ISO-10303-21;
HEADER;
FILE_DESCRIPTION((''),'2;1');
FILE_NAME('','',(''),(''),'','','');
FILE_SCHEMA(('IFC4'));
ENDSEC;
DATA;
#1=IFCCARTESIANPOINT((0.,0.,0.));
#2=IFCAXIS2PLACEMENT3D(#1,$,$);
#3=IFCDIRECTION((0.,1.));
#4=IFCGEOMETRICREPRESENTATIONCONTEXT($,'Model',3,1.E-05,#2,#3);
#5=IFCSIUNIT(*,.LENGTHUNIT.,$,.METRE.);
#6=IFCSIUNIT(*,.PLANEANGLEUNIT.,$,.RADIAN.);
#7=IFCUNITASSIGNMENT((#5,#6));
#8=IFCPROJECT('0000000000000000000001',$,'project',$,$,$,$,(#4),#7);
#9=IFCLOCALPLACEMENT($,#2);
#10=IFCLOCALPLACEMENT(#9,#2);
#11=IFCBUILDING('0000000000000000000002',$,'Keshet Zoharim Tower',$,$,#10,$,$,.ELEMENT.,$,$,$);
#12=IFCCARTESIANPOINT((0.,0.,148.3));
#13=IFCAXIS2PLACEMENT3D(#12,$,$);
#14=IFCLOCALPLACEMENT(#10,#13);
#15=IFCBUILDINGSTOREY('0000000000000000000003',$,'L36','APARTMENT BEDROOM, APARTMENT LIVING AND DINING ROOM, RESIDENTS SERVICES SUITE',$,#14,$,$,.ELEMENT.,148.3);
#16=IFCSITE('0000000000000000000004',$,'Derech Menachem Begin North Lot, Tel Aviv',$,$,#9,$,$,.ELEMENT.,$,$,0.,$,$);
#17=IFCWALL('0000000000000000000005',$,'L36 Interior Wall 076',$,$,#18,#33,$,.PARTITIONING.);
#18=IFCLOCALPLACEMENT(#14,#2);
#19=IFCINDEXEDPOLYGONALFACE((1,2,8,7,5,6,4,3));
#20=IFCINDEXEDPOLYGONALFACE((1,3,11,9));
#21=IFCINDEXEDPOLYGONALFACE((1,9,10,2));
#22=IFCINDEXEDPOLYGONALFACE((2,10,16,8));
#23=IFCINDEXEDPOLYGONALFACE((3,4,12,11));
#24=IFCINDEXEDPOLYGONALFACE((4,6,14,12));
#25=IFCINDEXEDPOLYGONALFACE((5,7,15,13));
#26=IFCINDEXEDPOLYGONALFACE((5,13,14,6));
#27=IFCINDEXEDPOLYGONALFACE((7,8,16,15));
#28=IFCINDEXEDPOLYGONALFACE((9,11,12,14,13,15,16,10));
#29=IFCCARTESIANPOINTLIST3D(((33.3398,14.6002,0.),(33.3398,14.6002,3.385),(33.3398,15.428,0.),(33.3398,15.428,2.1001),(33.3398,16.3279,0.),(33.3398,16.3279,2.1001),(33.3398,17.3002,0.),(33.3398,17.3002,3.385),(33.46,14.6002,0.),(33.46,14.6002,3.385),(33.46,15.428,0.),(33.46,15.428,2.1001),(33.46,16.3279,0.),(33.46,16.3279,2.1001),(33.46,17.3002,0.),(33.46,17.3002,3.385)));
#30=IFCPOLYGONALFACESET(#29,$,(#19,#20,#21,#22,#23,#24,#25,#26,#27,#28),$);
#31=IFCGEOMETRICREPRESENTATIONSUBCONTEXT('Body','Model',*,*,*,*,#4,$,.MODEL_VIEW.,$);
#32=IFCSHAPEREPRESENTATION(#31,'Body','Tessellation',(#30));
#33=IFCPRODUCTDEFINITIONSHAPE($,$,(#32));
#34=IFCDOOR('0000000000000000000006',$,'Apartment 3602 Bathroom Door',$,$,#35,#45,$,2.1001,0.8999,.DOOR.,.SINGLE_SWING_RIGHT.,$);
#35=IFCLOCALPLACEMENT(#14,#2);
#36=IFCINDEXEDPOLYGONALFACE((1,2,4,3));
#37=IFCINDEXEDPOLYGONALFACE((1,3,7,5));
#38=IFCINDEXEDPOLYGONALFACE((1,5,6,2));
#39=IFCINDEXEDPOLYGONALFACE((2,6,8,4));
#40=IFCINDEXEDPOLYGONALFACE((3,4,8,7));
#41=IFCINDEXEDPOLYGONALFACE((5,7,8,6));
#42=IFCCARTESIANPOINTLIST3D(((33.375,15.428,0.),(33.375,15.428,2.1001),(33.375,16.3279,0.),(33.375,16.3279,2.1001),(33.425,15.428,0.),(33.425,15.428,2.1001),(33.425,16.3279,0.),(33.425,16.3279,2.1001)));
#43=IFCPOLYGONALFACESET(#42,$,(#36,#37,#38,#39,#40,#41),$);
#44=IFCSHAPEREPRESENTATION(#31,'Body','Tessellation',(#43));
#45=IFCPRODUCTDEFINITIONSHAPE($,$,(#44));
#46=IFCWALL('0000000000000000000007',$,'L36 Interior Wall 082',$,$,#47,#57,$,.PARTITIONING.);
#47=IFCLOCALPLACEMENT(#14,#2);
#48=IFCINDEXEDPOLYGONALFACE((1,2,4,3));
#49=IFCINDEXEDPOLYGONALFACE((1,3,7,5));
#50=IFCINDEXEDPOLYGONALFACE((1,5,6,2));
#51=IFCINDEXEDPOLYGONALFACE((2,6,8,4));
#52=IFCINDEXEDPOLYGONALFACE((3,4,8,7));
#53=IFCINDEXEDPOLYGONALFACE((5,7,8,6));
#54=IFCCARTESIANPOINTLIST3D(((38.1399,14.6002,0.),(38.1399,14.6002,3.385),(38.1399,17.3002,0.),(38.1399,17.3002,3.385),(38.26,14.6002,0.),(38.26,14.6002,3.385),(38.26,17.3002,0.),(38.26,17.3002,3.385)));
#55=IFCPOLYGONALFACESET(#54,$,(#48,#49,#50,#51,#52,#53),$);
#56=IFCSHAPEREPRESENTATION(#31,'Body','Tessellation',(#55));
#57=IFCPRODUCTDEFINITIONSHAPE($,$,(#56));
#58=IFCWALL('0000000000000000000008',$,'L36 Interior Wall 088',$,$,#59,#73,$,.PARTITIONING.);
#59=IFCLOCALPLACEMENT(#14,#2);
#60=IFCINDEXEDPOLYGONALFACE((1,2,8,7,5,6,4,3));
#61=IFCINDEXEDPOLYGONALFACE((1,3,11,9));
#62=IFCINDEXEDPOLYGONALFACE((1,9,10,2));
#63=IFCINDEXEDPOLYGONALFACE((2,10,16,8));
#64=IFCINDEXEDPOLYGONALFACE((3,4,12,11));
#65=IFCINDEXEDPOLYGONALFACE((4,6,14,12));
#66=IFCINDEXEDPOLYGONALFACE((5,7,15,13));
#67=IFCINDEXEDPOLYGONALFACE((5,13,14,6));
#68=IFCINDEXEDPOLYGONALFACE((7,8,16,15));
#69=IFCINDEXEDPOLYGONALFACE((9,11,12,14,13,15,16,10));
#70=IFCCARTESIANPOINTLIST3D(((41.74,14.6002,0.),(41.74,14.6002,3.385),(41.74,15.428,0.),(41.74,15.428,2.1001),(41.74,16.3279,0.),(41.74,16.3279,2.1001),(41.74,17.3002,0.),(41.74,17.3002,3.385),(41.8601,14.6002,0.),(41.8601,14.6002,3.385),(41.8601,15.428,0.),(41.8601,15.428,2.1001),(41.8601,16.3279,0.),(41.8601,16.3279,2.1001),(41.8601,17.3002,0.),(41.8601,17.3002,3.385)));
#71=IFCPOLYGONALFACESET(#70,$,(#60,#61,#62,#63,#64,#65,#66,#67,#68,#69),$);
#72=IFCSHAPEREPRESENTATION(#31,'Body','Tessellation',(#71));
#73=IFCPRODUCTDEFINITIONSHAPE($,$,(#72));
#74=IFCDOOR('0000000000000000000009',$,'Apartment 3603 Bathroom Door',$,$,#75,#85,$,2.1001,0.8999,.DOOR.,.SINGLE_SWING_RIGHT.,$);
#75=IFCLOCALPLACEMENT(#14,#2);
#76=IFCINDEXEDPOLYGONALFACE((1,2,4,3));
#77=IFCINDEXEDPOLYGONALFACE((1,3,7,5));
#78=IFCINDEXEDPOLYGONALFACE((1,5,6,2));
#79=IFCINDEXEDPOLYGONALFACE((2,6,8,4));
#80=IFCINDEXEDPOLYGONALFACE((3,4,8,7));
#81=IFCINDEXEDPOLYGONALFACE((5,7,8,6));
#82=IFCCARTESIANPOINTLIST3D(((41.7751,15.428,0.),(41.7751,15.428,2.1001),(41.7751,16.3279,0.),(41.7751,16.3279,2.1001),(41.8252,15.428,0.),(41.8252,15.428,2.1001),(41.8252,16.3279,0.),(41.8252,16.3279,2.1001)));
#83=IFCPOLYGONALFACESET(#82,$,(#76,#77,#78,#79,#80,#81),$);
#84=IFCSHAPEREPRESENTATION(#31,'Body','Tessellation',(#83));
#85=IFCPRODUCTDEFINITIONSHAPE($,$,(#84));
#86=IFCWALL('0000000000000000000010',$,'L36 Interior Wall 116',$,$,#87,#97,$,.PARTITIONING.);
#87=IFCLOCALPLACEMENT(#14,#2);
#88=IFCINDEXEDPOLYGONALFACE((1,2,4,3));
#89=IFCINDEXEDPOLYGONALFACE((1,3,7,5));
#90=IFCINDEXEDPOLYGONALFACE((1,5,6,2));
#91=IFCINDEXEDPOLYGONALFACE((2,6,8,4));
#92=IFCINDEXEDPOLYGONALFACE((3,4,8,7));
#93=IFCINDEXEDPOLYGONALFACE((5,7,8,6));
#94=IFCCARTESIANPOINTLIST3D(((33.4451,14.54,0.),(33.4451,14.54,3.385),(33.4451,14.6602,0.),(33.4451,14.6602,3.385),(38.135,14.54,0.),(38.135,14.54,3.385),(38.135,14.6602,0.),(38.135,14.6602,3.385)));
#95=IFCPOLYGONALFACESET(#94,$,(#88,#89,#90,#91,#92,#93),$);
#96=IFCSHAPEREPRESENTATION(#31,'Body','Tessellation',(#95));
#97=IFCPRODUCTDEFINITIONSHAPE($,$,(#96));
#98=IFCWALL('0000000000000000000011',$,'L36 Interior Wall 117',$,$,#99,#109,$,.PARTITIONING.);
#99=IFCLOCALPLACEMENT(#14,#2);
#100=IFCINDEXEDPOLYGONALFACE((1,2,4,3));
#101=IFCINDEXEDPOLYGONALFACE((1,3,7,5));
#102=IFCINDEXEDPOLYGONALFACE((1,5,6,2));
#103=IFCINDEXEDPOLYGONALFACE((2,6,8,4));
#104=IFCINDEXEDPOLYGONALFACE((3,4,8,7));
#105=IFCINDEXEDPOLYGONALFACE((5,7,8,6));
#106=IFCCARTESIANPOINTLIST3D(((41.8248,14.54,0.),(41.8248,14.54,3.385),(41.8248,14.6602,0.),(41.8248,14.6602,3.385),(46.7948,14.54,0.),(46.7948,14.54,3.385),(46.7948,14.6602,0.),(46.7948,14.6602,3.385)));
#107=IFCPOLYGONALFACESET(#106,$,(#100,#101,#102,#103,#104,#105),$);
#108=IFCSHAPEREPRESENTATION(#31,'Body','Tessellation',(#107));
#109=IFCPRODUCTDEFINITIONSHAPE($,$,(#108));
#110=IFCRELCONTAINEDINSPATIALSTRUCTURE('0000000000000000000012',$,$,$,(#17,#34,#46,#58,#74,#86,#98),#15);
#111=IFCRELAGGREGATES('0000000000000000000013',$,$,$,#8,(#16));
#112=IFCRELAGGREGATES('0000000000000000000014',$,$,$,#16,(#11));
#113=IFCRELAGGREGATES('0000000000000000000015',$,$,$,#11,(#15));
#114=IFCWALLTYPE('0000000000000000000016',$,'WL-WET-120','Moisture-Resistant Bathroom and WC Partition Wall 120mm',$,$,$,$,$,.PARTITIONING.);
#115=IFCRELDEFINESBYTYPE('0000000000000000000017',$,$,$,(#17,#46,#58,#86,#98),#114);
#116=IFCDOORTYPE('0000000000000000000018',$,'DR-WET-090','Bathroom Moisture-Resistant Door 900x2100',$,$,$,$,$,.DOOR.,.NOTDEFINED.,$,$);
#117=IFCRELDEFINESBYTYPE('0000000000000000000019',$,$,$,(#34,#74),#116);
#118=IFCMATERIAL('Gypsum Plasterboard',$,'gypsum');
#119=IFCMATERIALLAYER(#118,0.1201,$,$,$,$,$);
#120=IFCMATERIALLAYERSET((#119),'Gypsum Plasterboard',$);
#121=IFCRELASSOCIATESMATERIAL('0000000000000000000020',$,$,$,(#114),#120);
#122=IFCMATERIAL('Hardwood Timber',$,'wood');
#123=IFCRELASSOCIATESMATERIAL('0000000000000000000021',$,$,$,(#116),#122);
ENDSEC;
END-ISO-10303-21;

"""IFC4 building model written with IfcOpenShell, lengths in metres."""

from ifc_helpers import new_model, si_unit, direction, frame, frame_2d, origin, place, context, subcontext, project, spatial, rectangle, extrude, material, layer, layer_set, type_object, element, fill, save


model = new_model("IFC4")

# Units and contexts
model_context = context("Model", 3, precision=1e-05, world=origin(), true_north=direction((0.0, 1.0)))
body_context = subcontext(model_context, "Body", "Model", "MODEL_VIEW")
ifc_project = project(units=[si_unit("LENGTHUNIT", "METRE"), si_unit("PLANEANGLEUNIT", "RADIAN")], contexts=[model_context])

# Site, building, storey
site_placement = place(None, origin())
site = spatial("IfcSite", under=ifc_project, at=site_placement, Name="Derech Menachem Begin North Lot, Tel Aviv", CompositionType="ELEMENT", RefElevation=0.0)
building_placement = place(site_placement, origin())
building = spatial("IfcBuilding", under=site, at=building_placement, Name="Keshet Zoharim Tower", CompositionType="ELEMENT")
storey_placement = place(building_placement, frame((0.0, 0.0, 148.3)))
storey = spatial("IfcBuildingStorey", under=building, at=storey_placement, Name="L36", Description="APARTMENT BEDROOM, APARTMENT LIVING AND DINING ROOM, RESIDENTS SERVICES SUITE", CompositionType="ELEMENT", Elevation=148.3)

# Shared definitions
ifc_material_1 = material(Name="Gypsum Plasterboard", Category="gypsum")
ifc_material_2 = material(Name="Hardwood Timber", Category="wood")

# Wall, opening, door
ifc_layer_1 = layer(ifc_material_1, 0.1201)
ifc_layer_set_1 = layer_set([ifc_layer_1], Name="Gypsum Plasterboard")
wall_type_1 = type_object("IfcWallType", Name="WL-WET-120", Description="Moisture-Resistant Bathroom and WC Partition Wall 120mm", PredefinedType="PARTITIONING", material=ifc_layer_set_1)
wall_1_placement = place(storey_placement, frame((33.3999, 14.6001, 0.0), z_axis=(0.0, 0.0, 1.0), x_axis=(0.0, 1.0, 0.0)))
wall_1 = element("IfcWall", 1, at=wall_1_placement, inside=storey, type_object=wall_type_1, Name="L36 Interior Wall 076", PredefinedType="PARTITIONING", context=body_context, shape_type="SweptSolid", body=[
    extrude(rectangle(XDim=2.7, YDim=0.1201, at=frame_2d((1.3501, 0.0))), origin(), (0.0, 0.0, 1.0), 3.385),
])
opening_1_placement = place(wall_1_placement, frame((0.8279, 0.0, 0.0)))
opening_1 = element("IfcOpeningElement", 2, at=opening_1_placement, cuts=wall_1, PredefinedType="OPENING", context=body_context, shape_type="SweptSolid", body=[
    extrude(rectangle(XDim=0.8999, YDim=2.1001, at=frame_2d((0.45, 1.05))), frame((0.0, 0.0701, 0.0), z_axis=(0.0, -1.0, 0.0), x_axis=(1.0, 0.0, 0.0)), (0.0, 0.0, 1.0), 0.1401),
])
door_type_1 = type_object("IfcDoorType", Name="DR-WET-090", Description="Bathroom Moisture-Resistant Door 900x2100", OperationType="NOTDEFINED", PredefinedType="DOOR", material=ifc_material_2)
door_1_placement = place(opening_1_placement, origin())
door_1 = element("IfcDoor", 3, at=door_1_placement, inside=storey, type_object=door_type_1, Name="Apartment 3602 Bathroom Door", OperationType="SINGLE_SWING_RIGHT", OverallHeight=2.1001, OverallWidth=0.8999, PredefinedType="DOOR", context=body_context, shape_type="SweptSolid", body=[
    extrude(rectangle(XDim=0.8999, YDim=2.1001, at=frame_2d((0.45, 1.05))), frame((0.0, 0.0249, 0.0), z_axis=(0.0, -1.0, 0.0), x_axis=(1.0, 0.0, 0.0)), (0.0, 0.0, 1.0), 0.05),
])
fill(opening_1, door_1)

# Wall
wall_2_placement = place(storey_placement, frame((38.2, 14.6001, 0.0), z_axis=(0.0, 0.0, 1.0), x_axis=(0.0, 1.0, 0.0)))
element("IfcWall", 4, at=wall_2_placement, inside=storey, type_object=wall_type_1, Name="L36 Interior Wall 082", PredefinedType="PARTITIONING", context=body_context, shape_type="SweptSolid", body=[
    extrude(rectangle(XDim=2.7, YDim=0.1201, at=frame_2d((1.3501, 0.0))), origin(), (0.0, 0.0, 1.0), 3.385),
])

# Wall, opening, door
wall_3_placement = place(storey_placement, frame((41.8, 14.6001, 0.0), z_axis=(0.0, 0.0, 1.0), x_axis=(0.0, 1.0, 0.0)))
wall_3 = element("IfcWall", 5, at=wall_3_placement, inside=storey, type_object=wall_type_1, Name="L36 Interior Wall 088", PredefinedType="PARTITIONING", context=body_context, shape_type="SweptSolid", body=[
    extrude(rectangle(XDim=2.7, YDim=0.1201, at=frame_2d((1.3501, 0.0))), origin(), (0.0, 0.0, 1.0), 3.385),
])
opening_2_placement = place(wall_3_placement, frame((0.8279, 0.0, 0.0)))
opening_2 = element("IfcOpeningElement", 6, at=opening_2_placement, cuts=wall_3, PredefinedType="OPENING", context=body_context, shape_type="SweptSolid", body=[
    extrude(rectangle(XDim=0.8999, YDim=2.1001, at=frame_2d((0.45, 1.05))), frame((0.0, 0.0701, 0.0), z_axis=(0.0, -1.0, 0.0), x_axis=(1.0, 0.0, 0.0)), (0.0, 0.0, 1.0), 0.1401),
])
door_2_placement = place(opening_2_placement, origin())
door_2 = element("IfcDoor", 7, at=door_2_placement, inside=storey, type_object=door_type_1, Name="Apartment 3603 Bathroom Door", OperationType="SINGLE_SWING_RIGHT", OverallHeight=2.1001, OverallWidth=0.8999, PredefinedType="DOOR", context=body_context, shape_type="SweptSolid", body=[
    extrude(rectangle(XDim=0.8999, YDim=2.1001, at=frame_2d((0.45, 1.05))), frame((0.0, 0.0249, 0.0), z_axis=(0.0, -1.0, 0.0), x_axis=(1.0, 0.0, 0.0)), (0.0, 0.0, 1.0), 0.05),
])
fill(opening_2, door_2)

# Walls
wall_4_placement = place(storey_placement, frame((33.4451, 14.6001, 0.0), z_axis=(0.0, 0.0, 1.0), x_axis=(1.0, 0.0, 0.0)))
element("IfcWall", 8, at=wall_4_placement, inside=storey, type_object=wall_type_1, Name="L36 Interior Wall 116", PredefinedType="PARTITIONING", context=body_context, shape_type="SweptSolid", body=[
    extrude(rectangle(XDim=4.6899, YDim=0.1201, at=frame_2d((2.345, 0.0))), origin(), (0.0, 0.0, 1.0), 3.385),
])
wall_5_placement = place(storey_placement, frame((41.825, 14.6001, 0.0), z_axis=(0.0, 0.0, 1.0), x_axis=(1.0, 0.0, 0.0)))
element("IfcWall", 9, at=wall_5_placement, inside=storey, type_object=wall_type_1, Name="L36 Interior Wall 117", PredefinedType="PARTITIONING", context=body_context, shape_type="SweptSolid", body=[
    extrude(rectangle(XDim=4.97, YDim=0.1201, at=frame_2d((2.4849, 0.0))), origin(), (0.0, 0.0, 1.0), 3.385),
])

save(model, "model.ifc")
